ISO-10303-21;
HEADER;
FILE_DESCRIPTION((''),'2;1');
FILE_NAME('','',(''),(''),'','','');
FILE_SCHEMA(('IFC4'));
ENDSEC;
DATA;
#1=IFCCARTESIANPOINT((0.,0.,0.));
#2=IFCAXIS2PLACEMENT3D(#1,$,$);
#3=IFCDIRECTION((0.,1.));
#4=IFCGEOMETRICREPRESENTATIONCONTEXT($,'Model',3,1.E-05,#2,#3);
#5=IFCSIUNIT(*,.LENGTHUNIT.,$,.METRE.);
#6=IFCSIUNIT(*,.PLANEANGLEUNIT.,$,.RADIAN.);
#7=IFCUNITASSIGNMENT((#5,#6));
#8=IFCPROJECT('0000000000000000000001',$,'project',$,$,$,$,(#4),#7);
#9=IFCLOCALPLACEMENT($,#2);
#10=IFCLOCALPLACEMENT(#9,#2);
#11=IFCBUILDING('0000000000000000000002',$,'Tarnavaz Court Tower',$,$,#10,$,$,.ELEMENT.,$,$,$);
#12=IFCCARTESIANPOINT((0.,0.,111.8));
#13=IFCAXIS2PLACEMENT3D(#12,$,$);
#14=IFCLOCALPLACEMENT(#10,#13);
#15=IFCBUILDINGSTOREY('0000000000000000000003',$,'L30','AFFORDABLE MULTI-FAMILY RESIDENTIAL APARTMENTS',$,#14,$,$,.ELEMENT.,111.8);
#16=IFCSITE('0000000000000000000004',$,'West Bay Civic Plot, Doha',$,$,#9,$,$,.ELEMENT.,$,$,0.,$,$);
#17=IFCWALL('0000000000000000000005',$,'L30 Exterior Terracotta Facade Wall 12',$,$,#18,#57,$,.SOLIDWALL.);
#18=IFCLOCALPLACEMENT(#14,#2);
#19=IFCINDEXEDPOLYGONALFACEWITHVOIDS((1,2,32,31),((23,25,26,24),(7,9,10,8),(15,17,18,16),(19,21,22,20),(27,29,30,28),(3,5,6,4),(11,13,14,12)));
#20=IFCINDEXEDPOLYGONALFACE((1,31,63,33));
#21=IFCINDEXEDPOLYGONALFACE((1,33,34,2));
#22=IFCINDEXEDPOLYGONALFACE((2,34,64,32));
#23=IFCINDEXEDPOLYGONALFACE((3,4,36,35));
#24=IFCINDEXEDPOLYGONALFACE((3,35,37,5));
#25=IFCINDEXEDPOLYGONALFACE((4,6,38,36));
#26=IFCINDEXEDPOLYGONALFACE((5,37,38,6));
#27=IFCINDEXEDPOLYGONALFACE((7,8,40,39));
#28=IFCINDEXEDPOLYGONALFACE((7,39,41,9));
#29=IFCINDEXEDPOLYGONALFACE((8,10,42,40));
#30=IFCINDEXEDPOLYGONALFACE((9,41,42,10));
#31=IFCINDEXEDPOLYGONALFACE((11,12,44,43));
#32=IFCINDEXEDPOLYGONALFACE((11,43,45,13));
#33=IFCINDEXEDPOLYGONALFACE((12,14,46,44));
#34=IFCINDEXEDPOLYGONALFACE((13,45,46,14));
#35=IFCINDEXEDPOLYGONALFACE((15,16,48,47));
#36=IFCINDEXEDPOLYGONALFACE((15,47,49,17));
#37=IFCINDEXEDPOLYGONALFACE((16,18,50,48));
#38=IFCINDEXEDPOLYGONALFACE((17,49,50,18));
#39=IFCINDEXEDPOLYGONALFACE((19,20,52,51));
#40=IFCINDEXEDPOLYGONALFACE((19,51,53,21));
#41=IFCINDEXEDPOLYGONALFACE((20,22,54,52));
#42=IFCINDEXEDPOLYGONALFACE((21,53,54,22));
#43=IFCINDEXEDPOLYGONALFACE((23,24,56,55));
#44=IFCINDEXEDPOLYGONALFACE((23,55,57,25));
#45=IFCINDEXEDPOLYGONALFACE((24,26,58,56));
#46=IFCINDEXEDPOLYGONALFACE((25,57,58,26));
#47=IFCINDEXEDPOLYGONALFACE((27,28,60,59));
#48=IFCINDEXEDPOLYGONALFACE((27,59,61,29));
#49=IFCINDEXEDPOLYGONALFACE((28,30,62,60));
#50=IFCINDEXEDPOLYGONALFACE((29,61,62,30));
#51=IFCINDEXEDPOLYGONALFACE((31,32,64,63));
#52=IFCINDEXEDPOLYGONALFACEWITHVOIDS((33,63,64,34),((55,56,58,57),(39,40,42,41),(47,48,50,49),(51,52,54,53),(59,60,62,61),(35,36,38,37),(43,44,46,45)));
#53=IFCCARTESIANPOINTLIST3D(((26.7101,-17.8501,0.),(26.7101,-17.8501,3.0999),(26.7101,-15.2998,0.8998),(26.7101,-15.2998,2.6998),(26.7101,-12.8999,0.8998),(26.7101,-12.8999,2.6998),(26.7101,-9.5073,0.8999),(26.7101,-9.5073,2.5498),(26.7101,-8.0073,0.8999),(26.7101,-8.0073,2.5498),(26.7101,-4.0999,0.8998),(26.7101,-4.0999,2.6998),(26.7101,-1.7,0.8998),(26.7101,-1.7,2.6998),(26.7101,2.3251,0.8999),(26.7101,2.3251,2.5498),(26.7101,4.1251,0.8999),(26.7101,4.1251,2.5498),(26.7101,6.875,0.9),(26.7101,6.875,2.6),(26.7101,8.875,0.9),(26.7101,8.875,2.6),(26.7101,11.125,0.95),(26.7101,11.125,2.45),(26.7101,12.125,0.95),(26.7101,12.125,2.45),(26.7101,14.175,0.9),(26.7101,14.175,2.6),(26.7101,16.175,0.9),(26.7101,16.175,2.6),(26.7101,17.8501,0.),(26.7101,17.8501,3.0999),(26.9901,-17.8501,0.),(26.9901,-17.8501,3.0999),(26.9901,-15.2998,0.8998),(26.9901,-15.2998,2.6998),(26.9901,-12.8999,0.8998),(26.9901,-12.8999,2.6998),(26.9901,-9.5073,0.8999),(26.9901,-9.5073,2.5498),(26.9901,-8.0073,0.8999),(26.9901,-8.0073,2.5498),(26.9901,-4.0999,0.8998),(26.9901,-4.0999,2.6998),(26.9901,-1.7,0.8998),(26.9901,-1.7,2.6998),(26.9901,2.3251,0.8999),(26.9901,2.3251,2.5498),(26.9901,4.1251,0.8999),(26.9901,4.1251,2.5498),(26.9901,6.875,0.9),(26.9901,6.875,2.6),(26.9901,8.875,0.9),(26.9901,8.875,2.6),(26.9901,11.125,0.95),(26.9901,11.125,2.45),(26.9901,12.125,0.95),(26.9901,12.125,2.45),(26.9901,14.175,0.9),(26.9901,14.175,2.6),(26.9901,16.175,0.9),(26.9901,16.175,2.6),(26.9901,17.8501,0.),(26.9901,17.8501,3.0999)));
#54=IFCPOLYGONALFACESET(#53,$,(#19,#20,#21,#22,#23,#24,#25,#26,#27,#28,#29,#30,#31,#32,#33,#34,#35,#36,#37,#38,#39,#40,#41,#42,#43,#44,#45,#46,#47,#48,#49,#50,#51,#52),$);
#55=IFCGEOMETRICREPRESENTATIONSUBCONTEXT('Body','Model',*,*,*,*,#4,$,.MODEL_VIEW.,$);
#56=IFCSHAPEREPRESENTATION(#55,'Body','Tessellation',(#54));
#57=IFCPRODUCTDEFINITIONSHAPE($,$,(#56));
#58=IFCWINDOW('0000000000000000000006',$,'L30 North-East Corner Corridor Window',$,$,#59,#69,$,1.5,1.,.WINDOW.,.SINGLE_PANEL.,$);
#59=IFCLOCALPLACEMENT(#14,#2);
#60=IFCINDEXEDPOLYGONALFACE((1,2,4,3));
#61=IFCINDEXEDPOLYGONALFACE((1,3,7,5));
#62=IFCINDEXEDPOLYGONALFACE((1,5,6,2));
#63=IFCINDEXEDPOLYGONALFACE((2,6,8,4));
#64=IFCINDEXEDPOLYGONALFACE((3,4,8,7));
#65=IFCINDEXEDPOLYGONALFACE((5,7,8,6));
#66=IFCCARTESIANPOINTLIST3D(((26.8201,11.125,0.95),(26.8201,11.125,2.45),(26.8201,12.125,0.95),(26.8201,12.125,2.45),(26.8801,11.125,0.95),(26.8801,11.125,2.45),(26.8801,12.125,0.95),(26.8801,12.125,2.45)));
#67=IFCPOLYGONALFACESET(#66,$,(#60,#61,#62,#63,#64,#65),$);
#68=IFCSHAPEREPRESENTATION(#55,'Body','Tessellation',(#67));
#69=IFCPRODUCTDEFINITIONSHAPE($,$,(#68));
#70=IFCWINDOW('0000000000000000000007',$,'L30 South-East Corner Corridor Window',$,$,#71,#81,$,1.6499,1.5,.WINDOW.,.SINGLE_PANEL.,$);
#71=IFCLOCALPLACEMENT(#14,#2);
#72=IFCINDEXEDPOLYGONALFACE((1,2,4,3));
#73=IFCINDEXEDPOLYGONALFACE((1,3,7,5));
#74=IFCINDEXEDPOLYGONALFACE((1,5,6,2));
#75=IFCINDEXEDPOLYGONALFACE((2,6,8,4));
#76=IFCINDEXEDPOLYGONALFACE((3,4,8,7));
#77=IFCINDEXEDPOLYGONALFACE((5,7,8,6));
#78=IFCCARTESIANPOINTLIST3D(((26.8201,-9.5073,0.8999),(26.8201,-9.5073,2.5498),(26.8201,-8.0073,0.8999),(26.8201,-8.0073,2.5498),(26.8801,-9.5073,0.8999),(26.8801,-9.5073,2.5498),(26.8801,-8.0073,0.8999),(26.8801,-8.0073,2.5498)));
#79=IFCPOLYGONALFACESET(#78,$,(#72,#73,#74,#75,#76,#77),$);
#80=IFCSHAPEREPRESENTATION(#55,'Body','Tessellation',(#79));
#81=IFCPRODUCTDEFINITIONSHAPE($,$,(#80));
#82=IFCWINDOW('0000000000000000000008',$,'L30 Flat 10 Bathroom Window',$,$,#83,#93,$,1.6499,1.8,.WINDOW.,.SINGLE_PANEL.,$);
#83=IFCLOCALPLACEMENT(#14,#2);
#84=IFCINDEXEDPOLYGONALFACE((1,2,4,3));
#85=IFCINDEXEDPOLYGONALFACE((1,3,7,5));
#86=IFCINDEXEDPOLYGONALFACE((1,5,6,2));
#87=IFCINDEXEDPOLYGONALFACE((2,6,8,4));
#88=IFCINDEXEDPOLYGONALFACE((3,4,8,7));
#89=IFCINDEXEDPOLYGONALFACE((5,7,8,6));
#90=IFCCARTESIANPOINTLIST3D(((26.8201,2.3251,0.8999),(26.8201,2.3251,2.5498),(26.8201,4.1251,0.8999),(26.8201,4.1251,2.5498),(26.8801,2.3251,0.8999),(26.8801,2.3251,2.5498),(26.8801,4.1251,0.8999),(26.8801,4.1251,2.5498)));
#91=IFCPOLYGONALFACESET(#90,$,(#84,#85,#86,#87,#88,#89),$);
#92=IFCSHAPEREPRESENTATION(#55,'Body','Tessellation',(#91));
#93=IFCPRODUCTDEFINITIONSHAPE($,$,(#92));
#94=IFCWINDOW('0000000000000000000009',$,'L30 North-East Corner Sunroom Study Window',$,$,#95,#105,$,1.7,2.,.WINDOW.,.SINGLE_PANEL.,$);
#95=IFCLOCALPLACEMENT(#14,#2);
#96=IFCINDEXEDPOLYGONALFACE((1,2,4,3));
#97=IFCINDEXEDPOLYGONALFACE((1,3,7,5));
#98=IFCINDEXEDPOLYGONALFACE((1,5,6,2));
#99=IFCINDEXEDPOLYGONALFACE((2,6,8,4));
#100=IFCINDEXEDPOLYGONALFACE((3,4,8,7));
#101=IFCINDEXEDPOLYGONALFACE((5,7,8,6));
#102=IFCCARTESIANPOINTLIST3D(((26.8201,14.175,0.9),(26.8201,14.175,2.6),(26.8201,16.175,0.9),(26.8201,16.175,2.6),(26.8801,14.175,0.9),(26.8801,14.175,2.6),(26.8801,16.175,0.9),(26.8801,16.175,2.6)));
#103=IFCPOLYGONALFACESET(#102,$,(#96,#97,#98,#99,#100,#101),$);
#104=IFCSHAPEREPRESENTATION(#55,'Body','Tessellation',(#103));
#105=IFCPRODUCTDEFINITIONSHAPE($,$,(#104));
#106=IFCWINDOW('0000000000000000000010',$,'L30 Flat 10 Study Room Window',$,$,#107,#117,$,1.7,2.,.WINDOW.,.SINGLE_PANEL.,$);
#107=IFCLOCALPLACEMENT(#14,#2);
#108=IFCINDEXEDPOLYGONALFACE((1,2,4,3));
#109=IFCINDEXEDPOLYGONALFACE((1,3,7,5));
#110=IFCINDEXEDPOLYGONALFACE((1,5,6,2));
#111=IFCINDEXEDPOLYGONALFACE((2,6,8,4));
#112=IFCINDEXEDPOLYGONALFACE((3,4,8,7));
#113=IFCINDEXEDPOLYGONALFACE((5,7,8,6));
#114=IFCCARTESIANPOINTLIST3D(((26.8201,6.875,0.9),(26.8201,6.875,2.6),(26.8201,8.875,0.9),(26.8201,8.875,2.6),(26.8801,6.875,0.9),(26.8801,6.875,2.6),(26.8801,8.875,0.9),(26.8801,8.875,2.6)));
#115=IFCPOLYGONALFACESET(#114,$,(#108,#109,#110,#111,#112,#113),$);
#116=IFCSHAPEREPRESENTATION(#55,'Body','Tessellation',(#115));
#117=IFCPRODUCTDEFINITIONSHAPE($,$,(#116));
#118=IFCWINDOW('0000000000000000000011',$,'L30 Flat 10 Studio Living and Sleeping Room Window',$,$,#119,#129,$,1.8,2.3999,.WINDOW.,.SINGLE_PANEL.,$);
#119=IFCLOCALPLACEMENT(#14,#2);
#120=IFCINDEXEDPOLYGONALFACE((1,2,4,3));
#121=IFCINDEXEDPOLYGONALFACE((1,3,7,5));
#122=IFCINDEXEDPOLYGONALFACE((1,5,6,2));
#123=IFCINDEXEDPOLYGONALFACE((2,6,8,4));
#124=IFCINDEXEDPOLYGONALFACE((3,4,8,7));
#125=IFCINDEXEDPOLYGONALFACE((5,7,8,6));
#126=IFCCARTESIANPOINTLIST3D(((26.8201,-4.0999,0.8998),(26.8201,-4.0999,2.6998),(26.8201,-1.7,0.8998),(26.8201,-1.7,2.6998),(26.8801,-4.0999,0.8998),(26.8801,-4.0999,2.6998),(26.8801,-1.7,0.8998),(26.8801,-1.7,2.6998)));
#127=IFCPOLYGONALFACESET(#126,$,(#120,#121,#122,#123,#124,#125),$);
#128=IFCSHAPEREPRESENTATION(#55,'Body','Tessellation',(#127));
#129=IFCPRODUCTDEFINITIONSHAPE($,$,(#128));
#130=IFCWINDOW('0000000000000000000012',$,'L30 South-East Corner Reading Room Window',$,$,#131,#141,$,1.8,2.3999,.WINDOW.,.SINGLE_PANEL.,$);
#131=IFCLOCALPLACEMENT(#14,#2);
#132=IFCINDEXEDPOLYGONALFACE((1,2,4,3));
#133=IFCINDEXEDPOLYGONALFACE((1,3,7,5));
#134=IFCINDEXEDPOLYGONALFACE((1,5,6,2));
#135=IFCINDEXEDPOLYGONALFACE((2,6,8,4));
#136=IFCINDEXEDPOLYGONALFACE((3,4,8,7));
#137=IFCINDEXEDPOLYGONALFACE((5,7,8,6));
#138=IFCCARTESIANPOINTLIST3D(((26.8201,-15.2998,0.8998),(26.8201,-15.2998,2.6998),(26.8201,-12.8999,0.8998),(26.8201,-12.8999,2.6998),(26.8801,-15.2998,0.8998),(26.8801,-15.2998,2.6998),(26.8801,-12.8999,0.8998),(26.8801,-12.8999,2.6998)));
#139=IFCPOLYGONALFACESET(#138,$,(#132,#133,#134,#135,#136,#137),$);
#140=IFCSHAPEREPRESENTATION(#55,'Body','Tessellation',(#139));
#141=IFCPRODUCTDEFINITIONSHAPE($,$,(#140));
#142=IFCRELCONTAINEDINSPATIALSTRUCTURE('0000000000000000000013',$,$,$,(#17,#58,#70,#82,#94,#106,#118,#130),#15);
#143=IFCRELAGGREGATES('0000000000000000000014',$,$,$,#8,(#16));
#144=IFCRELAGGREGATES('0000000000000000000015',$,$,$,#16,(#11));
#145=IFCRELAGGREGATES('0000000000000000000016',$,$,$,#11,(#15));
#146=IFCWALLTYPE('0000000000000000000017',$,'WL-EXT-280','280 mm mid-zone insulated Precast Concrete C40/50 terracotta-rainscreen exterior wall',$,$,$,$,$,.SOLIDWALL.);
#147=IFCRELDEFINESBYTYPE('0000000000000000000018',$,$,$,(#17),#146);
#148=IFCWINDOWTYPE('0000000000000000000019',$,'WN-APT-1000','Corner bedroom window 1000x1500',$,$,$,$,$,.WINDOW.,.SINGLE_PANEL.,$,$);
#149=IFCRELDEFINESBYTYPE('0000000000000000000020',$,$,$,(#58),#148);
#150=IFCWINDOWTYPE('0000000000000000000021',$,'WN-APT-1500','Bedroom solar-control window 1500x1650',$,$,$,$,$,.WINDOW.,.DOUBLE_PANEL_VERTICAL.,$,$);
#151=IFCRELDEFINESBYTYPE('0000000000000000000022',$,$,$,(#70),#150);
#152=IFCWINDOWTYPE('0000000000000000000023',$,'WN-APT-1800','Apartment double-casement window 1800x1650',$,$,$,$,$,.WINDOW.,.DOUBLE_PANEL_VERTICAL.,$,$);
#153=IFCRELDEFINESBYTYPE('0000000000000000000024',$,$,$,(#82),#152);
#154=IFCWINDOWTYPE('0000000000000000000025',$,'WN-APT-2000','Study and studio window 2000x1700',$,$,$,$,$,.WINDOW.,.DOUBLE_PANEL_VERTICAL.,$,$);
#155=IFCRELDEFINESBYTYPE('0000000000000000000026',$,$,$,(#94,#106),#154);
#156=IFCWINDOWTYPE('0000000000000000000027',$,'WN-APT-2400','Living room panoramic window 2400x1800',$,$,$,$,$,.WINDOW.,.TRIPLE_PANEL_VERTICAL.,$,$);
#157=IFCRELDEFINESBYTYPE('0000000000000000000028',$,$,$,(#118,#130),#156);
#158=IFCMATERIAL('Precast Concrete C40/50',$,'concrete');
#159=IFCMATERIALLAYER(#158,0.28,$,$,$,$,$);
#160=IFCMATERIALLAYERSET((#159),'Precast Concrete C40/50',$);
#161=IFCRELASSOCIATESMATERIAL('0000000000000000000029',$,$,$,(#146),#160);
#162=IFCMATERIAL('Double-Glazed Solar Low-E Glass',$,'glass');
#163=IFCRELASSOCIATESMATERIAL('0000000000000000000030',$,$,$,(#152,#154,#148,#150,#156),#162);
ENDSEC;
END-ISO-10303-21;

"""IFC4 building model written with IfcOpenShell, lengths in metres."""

from ifc_helpers import new_model, si_unit, direction, frame, frame_2d, origin, place, context, subcontext, project, spatial, rectangle, extrude, material, layer, layer_set, type_object, element, fill, save


model = new_model("IFC4")

# Units and contexts
model_context = context("Model", 3, precision=1e-05, world=origin(), true_north=direction((0.0, 1.0)))
body_context = subcontext(model_context, "Body", "Model", "MODEL_VIEW")
ifc_project = project(units=[si_unit("LENGTHUNIT", "METRE"), si_unit("PLANEANGLEUNIT", "RADIAN")], contexts=[model_context])

# Site, building, storey
site_placement = place(None, origin())
site = spatial("IfcSite", under=ifc_project, at=site_placement, Name="West Bay Civic Plot, Doha", CompositionType="ELEMENT", RefElevation=0.0)
building_placement = place(site_placement, origin())
building = spatial("IfcBuilding", under=site, at=building_placement, Name="Tarnavaz Court Tower", CompositionType="ELEMENT")
storey_placement = place(building_placement, frame((0.0, 0.0, 111.8)))
storey = spatial("IfcBuildingStorey", under=building, at=storey_placement, Name="L30", Description="AFFORDABLE MULTI-FAMILY RESIDENTIAL APARTMENTS", CompositionType="ELEMENT", Elevation=111.8)

# Shared definitions
ifc_material_1 = material(Name="Precast Concrete C40/50", Category="concrete")
ifc_layer_1 = layer(ifc_material_1, 0.28)
ifc_layer_set_1 = layer_set([ifc_layer_1], Name="Precast Concrete C40/50")
wall_type_1 = type_object("IfcWallType", Name="WL-EXT-280", Description="280 mm mid-zone insulated Precast Concrete C40/50 terracotta-rainscreen exterior wall", PredefinedType="SOLIDWALL", material=ifc_layer_set_1)
ifc_material_2 = material(Name="Double-Glazed Solar Low-E Glass", Category="glass")
window_type_1 = type_object("IfcWindowType", Name="WN-APT-1800", Description="Apartment double-casement window 1800x1650", PartitioningType="DOUBLE_PANEL_VERTICAL", PredefinedType="WINDOW", material=ifc_material_2)
window_type_2 = type_object("IfcWindowType", Name="WN-APT-2000", Description="Study and studio window 2000x1700", PartitioningType="DOUBLE_PANEL_VERTICAL", PredefinedType="WINDOW", material=ifc_material_2)

# Wall, openings, windows
wall_1_placement = place(storey_placement, frame((26.8501, 17.8501, 0.0), z_axis=(0.0, 0.0, 1.0), x_axis=(0.0, -1.0, 0.0)))
wall_1 = element("IfcWall", 1, at=wall_1_placement, inside=storey, type_object=wall_type_1, Name="L30 Exterior Terracotta Facade Wall 12", PredefinedType="SOLIDWALL", context=body_context, shape_type="SweptSolid", body=[
    extrude(rectangle(XDim=35.7002, YDim=0.28, at=frame_2d((17.8501, 0.0))), origin(), (0.0, 0.0, 1.0), 3.0999),
])
opening_1_placement = place(wall_1_placement, frame((1.675, 0.0, 0.8999)))
opening_1 = element("IfcOpeningElement", 2, at=opening_1_placement, cuts=wall_1, PredefinedType="OPENING", context=body_context, shape_type="SweptSolid", body=[
    extrude(rectangle(XDim=2.0, YDim=1.7, at=frame_2d((1.0, 0.8501))), frame((0.0, 0.1499, 0.0), z_axis=(0.0, -1.0, 0.0), x_axis=(1.0, 0.0, 0.0)), (0.0, 0.0, 1.0), 0.3),
])
opening_2_placement = place(wall_1_placement, frame((5.7251, 0.0, 0.95)))
opening_2 = element("IfcOpeningElement", 3, at=opening_2_placement, cuts=wall_1, PredefinedType="OPENING", context=body_context, shape_type="SweptSolid", body=[
    extrude(rectangle(XDim=1.0, YDim=1.5, at=frame_2d((0.5, 0.75))), frame((0.0, 0.1499, 0.0), z_axis=(0.0, -1.0, 0.0), x_axis=(1.0, 0.0, 0.0)), (0.0, 0.0, 1.0), 0.3),
])
opening_3_placement = place(wall_1_placement, frame((8.9751, 0.0, 0.8999)))
opening_3 = element("IfcOpeningElement", 4, at=opening_3_placement, cuts=wall_1, PredefinedType="OPENING", context=body_context, shape_type="SweptSolid", body=[
    extrude(rectangle(XDim=2.0, YDim=1.7, at=frame_2d((1.0, 0.8501))), frame((0.0, 0.1499, 0.0), z_axis=(0.0, -1.0, 0.0), x_axis=(1.0, 0.0, 0.0)), (0.0, 0.0, 1.0), 0.3),
])
opening_4_placement = place(wall_1_placement, frame((13.7251, 0.0, 0.8999)))
opening_4 = element("IfcOpeningElement", 5, at=opening_4_placement, cuts=wall_1, PredefinedType="OPENING", context=body_context, shape_type="SweptSolid", body=[
    extrude(rectangle(XDim=1.8, YDim=1.6499, at=frame_2d((0.8999, 0.825))), frame((0.0, 0.1499, 0.0), z_axis=(0.0, -1.0, 0.0), x_axis=(1.0, 0.0, 0.0)), (0.0, 0.0, 1.0), 0.3),
])
opening_5_placement = place(wall_1_placement, frame((19.55, 0.0, 0.8999)))
opening_5 = element("IfcOpeningElement", 6, at=opening_5_placement, cuts=wall_1, PredefinedType="OPENING", context=body_context, shape_type="SweptSolid", body=[
    extrude(rectangle(XDim=2.3999, YDim=1.8, at=frame_2d((1.2, 0.8999))), frame((0.0, 0.1499, 0.0), z_axis=(0.0, -1.0, 0.0), x_axis=(1.0, 0.0, 0.0)), (0.0, 0.0, 1.0), 0.3),
])
opening_6_placement = place(wall_1_placement, frame((25.8574, 0.0, 0.8999)))
opening_6 = element("IfcOpeningElement", 7, at=opening_6_placement, cuts=wall_1, PredefinedType="OPENING", context=body_context, shape_type="SweptSolid", body=[
    extrude(rectangle(XDim=1.5, YDim=1.6499, at=frame_2d((0.75, 0.825))), frame((0.0, 0.1499, 0.0), z_axis=(0.0, -1.0, 0.0), x_axis=(1.0, 0.0, 0.0)), (0.0, 0.0, 1.0), 0.3),
])
opening_7_placement = place(wall_1_placement, frame((30.75, 0.0, 0.8999)))
opening_7 = element("IfcOpeningElement", 8, at=opening_7_placement, cuts=wall_1, PredefinedType="OPENING", context=body_context, shape_type="SweptSolid", body=[
    extrude(rectangle(XDim=2.3999, YDim=1.8, at=frame_2d((1.2, 0.8999))), frame((0.0, 0.1499, 0.0), z_axis=(0.0, -1.0, 0.0), x_axis=(1.0, 0.0, 0.0)), (0.0, 0.0, 1.0), 0.3),
])
window_type_3 = type_object("IfcWindowType", Name="WN-APT-1000", Description="Corner bedroom window 1000x1500", PartitioningType="SINGLE_PANEL", PredefinedType="WINDOW", material=ifc_material_2)
window_1_placement = place(opening_2_placement, origin())
window_1 = element("IfcWindow", 9, at=window_1_placement, inside=storey, type_object=window_type_3, Name="L30 North-East Corner Corridor Window", OverallHeight=1.5, OverallWidth=1.0, PartitioningType="SINGLE_PANEL", PredefinedType="WINDOW", context=body_context, shape_type="SweptSolid", body=[
    extrude(rectangle(XDim=1.0, YDim=1.5, at=frame_2d((0.5, 0.75))), frame((0.0, 0.03, 0.0), z_axis=(0.0, -1.0, 0.0), x_axis=(1.0, 0.0, 0.0)), (0.0, 0.0, 1.0), 0.0601),
])
fill(opening_2, window_1)
window_type_4 = type_object("IfcWindowType", Name="WN-APT-1500", Description="Bedroom solar-control window 1500x1650", PartitioningType="DOUBLE_PANEL_VERTICAL", PredefinedType="WINDOW", material=ifc_material_2)
window_2_placement = place(opening_6_placement, origin())
window_2 = element("IfcWindow", 10, at=window_2_placement, inside=storey, type_object=window_type_4, Name="L30 South-East Corner Corridor Window", OverallHeight=1.6499, OverallWidth=1.5, PartitioningType="SINGLE_PANEL", PredefinedType="WINDOW", context=body_context, shape_type="SweptSolid", body=[
    extrude(rectangle(XDim=1.5, YDim=1.6499, at=frame_2d((0.75, 0.825))), frame((0.0, 0.03, 0.0), z_axis=(0.0, -1.0, 0.0), x_axis=(1.0, 0.0, 0.0)), (0.0, 0.0, 1.0), 0.0601),
])
fill(opening_6, window_2)
window_3_placement = place(opening_4_placement, origin())
window_3 = element("IfcWindow", 11, at=window_3_placement, inside=storey, type_object=window_type_1, Name="L30 Flat 10 Bathroom Window", OverallHeight=1.6499, OverallWidth=1.8, PartitioningType="SINGLE_PANEL", PredefinedType="WINDOW", context=body_context, shape_type="SweptSolid", body=[
    extrude(rectangle(XDim=1.8, YDim=1.6499, at=frame_2d((0.8999, 0.825))), frame((0.0, 0.03, 0.0), z_axis=(0.0, -1.0, 0.0), x_axis=(1.0, 0.0, 0.0)), (0.0, 0.0, 1.0), 0.0601),
])
fill(opening_4, window_3)
window_4_placement = place(opening_1_placement, origin())
window_4 = element("IfcWindow", 12, at=window_4_placement, inside=storey, type_object=window_type_2, Name="L30 North-East Corner Sunroom Study Window", OverallHeight=1.7, OverallWidth=2.0, PartitioningType="SINGLE_PANEL", PredefinedType="WINDOW", context=body_context, shape_type="SweptSolid", body=[
    extrude(rectangle(XDim=2.0, YDim=1.7, at=frame_2d((1.0, 0.8501))), frame((0.0, 0.03, 0.0), z_axis=(0.0, -1.0, 0.0), x_axis=(1.0, 0.0, 0.0)), (0.0, 0.0, 1.0), 0.0601),
])
fill(opening_1, window_4)
window_5_placement = place(opening_3_placement, origin())
window_5 = element("IfcWindow", 13, at=window_5_placement, inside=storey, type_object=window_type_2, Name="L30 Flat 10 Study Room Window", OverallHeight=1.7, OverallWidth=2.0, PartitioningType="SINGLE_PANEL", PredefinedType="WINDOW", context=body_context, shape_type="SweptSolid", body=[
    extrude(rectangle(XDim=2.0, YDim=1.7, at=frame_2d((1.0, 0.8501))), frame((0.0, 0.03, 0.0), z_axis=(0.0, -1.0, 0.0), x_axis=(1.0, 0.0, 0.0)), (0.0, 0.0, 1.0), 0.0601),
])
fill(opening_3, window_5)
window_type_5 = type_object("IfcWindowType", Name="WN-APT-2400", Description="Living room panoramic window 2400x1800", PartitioningType="TRIPLE_PANEL_VERTICAL", PredefinedType="WINDOW", material=ifc_material_2)
window_6_placement = place(opening_5_placement, origin())
window_6 = element("IfcWindow", 14, at=window_6_placement, inside=storey, type_object=window_type_5, Name="L30 Flat 10 Studio Living and Sleeping Room Window", OverallHeight=1.8, OverallWidth=2.3999, PartitioningType="SINGLE_PANEL", PredefinedType="WINDOW", context=body_context, shape_type="SweptSolid", body=[
    extrude(rectangle(XDim=2.3999, YDim=1.8, at=frame_2d((1.2, 0.8999))), frame((0.0, 0.03, 0.0), z_axis=(0.0, -1.0, 0.0), x_axis=(1.0, 0.0, 0.0)), (0.0, 0.0, 1.0), 0.0601),
])
fill(opening_5, window_6)
window_7_placement = place(opening_7_placement, origin())
window_7 = element("IfcWindow", 15, at=window_7_placement, inside=storey, type_object=window_type_5, Name="L30 South-East Corner Reading Room Window", OverallHeight=1.8, OverallWidth=2.3999, PartitioningType="SINGLE_PANEL", PredefinedType="WINDOW", context=body_context, shape_type="SweptSolid", body=[
    extrude(rectangle(XDim=2.3999, YDim=1.8, at=frame_2d((1.2, 0.8999))), frame((0.0, 0.03, 0.0), z_axis=(0.0, -1.0, 0.0), x_axis=(1.0, 0.0, 0.0)), (0.0, 0.0, 1.0), 0.0601),
])
fill(opening_7, window_7)

save(model, "model.ifc")
